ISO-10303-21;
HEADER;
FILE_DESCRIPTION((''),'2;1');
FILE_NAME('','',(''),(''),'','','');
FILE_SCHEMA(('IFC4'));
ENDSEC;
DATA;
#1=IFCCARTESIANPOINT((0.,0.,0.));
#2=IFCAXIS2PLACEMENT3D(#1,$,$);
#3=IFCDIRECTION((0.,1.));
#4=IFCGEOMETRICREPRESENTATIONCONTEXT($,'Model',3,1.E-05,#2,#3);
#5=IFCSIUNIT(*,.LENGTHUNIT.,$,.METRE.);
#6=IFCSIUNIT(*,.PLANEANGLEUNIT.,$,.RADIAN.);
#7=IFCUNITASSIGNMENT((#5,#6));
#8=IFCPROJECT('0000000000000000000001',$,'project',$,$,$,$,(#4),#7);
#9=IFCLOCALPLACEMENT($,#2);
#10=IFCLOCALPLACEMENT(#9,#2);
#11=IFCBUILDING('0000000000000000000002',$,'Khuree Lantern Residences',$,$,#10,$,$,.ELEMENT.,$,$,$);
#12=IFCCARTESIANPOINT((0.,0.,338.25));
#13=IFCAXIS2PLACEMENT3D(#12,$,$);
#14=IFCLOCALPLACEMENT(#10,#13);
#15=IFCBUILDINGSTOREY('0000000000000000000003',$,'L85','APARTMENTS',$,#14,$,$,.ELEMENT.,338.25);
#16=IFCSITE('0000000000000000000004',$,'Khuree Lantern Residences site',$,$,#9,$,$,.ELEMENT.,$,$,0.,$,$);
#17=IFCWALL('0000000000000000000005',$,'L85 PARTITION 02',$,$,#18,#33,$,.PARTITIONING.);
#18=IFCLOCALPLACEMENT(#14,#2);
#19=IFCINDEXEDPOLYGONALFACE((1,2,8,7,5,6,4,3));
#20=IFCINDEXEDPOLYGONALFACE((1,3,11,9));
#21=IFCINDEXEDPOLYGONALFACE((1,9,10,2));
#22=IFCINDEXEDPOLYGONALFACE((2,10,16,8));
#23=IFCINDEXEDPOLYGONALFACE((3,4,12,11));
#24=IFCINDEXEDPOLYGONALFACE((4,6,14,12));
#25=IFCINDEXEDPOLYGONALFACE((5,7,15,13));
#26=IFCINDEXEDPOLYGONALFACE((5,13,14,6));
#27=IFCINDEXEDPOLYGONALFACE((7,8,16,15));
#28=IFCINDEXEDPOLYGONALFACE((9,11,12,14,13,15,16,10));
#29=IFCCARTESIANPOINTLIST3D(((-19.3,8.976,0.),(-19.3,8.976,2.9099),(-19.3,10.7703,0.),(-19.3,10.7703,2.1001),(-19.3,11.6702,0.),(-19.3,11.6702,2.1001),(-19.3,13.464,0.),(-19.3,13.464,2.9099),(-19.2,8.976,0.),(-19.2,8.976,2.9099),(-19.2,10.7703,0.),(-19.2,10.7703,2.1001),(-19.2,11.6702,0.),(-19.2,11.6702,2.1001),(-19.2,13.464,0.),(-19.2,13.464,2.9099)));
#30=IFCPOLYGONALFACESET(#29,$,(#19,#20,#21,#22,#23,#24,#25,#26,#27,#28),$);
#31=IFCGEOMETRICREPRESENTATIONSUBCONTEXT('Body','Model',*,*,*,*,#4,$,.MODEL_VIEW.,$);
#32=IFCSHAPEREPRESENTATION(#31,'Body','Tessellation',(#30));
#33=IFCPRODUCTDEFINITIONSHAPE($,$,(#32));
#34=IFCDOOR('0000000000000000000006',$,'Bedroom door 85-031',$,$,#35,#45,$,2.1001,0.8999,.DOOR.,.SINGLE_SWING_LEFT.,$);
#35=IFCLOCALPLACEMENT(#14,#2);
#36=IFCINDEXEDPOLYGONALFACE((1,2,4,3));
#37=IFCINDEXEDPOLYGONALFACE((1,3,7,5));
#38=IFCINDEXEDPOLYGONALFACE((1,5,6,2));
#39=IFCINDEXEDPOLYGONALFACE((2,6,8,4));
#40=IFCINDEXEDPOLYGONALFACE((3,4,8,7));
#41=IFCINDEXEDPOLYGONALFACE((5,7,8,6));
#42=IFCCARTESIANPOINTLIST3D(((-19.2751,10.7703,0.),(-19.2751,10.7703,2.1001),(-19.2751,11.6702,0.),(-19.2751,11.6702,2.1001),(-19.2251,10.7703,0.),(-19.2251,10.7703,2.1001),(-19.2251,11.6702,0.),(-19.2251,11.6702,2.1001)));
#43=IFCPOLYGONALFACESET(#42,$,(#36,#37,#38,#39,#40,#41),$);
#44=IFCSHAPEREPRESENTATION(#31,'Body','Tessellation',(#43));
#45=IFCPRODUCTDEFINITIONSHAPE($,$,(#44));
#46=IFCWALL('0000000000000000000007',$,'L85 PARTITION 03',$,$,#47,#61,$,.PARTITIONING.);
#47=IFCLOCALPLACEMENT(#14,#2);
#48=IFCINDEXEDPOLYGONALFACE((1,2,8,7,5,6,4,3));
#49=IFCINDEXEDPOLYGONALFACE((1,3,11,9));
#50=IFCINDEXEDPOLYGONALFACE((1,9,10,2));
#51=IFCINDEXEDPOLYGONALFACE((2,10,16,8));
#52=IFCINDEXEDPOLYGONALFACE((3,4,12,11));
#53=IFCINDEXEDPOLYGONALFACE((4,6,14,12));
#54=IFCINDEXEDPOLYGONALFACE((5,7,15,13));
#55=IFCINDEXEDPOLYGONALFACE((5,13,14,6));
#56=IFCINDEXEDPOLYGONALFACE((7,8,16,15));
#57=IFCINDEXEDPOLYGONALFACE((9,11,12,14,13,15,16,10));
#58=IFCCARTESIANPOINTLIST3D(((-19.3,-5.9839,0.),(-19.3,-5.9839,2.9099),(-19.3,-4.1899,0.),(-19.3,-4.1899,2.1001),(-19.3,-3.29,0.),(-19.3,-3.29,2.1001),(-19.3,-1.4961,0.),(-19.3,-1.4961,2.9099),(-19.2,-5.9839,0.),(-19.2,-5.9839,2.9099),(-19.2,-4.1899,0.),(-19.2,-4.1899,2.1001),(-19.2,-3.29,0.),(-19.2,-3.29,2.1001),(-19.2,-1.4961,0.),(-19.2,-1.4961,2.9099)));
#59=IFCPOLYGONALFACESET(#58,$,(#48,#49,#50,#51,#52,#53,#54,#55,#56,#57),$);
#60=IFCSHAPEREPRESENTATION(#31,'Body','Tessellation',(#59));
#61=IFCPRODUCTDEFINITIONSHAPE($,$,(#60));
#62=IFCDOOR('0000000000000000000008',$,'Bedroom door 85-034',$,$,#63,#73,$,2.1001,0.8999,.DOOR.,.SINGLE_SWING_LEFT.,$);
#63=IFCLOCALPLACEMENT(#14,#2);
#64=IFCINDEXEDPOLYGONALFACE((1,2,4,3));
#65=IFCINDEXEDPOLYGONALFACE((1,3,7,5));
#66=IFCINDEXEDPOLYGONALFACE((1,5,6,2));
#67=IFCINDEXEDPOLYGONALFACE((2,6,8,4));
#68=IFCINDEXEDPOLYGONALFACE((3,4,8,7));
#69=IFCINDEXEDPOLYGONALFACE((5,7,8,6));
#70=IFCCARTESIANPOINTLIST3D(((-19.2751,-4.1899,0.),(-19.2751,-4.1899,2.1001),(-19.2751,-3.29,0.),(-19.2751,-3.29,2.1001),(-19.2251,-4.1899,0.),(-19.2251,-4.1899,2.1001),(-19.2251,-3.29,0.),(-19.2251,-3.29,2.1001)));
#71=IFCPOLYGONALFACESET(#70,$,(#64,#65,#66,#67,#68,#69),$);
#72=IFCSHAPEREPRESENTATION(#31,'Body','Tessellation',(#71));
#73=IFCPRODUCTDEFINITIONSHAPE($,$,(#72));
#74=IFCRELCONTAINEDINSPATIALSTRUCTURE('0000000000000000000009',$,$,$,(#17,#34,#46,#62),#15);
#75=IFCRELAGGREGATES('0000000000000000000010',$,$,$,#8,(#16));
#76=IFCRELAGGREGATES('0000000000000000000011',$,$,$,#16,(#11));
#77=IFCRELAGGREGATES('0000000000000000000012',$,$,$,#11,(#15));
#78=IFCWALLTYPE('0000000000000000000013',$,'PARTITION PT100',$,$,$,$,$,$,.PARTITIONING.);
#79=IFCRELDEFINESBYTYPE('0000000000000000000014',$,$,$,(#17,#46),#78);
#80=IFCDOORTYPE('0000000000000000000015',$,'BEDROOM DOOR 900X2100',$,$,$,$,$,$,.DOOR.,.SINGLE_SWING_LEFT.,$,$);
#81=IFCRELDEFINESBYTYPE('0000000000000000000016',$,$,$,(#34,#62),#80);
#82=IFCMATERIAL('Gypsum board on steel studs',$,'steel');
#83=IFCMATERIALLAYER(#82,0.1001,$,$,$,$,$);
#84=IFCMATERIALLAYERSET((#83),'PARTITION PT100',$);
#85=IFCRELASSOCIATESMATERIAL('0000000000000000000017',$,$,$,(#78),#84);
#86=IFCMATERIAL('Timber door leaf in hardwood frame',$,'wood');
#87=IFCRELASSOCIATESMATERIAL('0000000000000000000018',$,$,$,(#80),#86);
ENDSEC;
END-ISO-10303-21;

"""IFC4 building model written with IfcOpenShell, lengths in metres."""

from ifc_helpers import new_model, si_unit, direction, frame, frame_2d, origin, place, context, subcontext, project, spatial, rectangle, extrude, material, layer, layer_set, type_object, element, fill, save


model = new_model("IFC4")

# Units and contexts
model_context = context("Model", 3, precision=1e-05, world=origin(), true_north=direction((0.0, 1.0)))
body_context = subcontext(model_context, "Body", "Model", "MODEL_VIEW")
ifc_project = project(units=[si_unit("LENGTHUNIT", "METRE"), si_unit("PLANEANGLEUNIT", "RADIAN")], contexts=[model_context])

# Site, building, storey
site_placement = place(None, origin())
site = spatial("IfcSite", under=ifc_project, at=site_placement, Name="Khuree Lantern Residences site", CompositionType="ELEMENT", RefElevation=0.0)
building_placement = place(site_placement, origin())
building = spatial("IfcBuilding", under=site, at=building_placement, Name="Khuree Lantern Residences", CompositionType="ELEMENT")
storey_placement = place(building_placement, frame((0.0, 0.0, 338.25)))
storey = spatial("IfcBuildingStorey", under=building, at=storey_placement, Name="L85", Description="APARTMENTS", CompositionType="ELEMENT", Elevation=338.25)

# Shared definitions
ifc_material_1 = material(Name="Gypsum board on steel studs", Category="steel")

# Shared definitions
ifc_material_2 = material(Name="Timber door leaf in hardwood frame", Category="wood")

# Shared definitions
ifc_layer_1 = layer(ifc_material_1, 0.1001)
ifc_layer_set_1 = layer_set([ifc_layer_1], Name="PARTITION PT100")
wall_type_1 = type_object("IfcWallType", Name="PARTITION PT100", PredefinedType="PARTITIONING", material=ifc_layer_set_1)

# Walls, openings, doors
wall_1_placement = place(storey_placement, frame((-19.25, 13.4641, 0.0), z_axis=(0.0, 0.0, 1.0), x_axis=(0.0, -1.0, 0.0)))
wall_1 = element("IfcWall", 1, at=wall_1_placement, inside=storey, type_object=wall_type_1, Name="L85 PARTITION 02", PredefinedType="PARTITIONING", context=body_context, shape_type="SweptSolid", body=[
    extrude(rectangle(XDim=4.488, YDim=0.1001, at=frame_2d((2.2441, 0.0))), origin(), (0.0, 0.0, 1.0), 2.9099),
])
opening_1_placement = place(wall_1_placement, frame((1.7939, 0.0, 0.0)))
opening_1 = element("IfcOpeningElement", 2, at=opening_1_placement, cuts=wall_1, PredefinedType="OPENING", context=body_context, shape_type="SweptSolid", body=[
    extrude(rectangle(XDim=0.8999, YDim=2.1001, at=frame_2d((0.45, 1.05))), frame((0.0, 0.0601, 0.0), z_axis=(0.0, -1.0, 0.0), x_axis=(1.0, 0.0, 0.0)), (0.0, 0.0, 1.0), 0.1201),
])
door_type_1 = type_object("IfcDoorType", Name="BEDROOM DOOR 900X2100", OperationType="SINGLE_SWING_LEFT", PredefinedType="DOOR", material=ifc_material_2)
door_1_placement = place(opening_1_placement, origin())
door_1 = element("IfcDoor", 3, at=door_1_placement, inside=storey, type_object=door_type_1, Name="Bedroom door 85-031", OperationType="SINGLE_SWING_LEFT", OverallHeight=2.1001, OverallWidth=0.8999, PredefinedType="DOOR", context=body_context, shape_type="SweptSolid", body=[
    extrude(rectangle(XDim=0.8999, YDim=2.1001, at=frame_2d((0.45, 1.05))), frame((0.0, 0.0249, 0.0), z_axis=(0.0, -1.0, 0.0), x_axis=(1.0, 0.0, 0.0)), (0.0, 0.0, 1.0), 0.05),
])
fill(opening_1, door_1)
wall_2_placement = place(storey_placement, frame((-19.25, -1.4961, 0.0), z_axis=(0.0, 0.0, 1.0), x_axis=(0.0, -1.0, 0.0)))
wall_2 = element("IfcWall", 4, at=wall_2_placement, inside=storey, type_object=wall_type_1, Name="L85 PARTITION 03", PredefinedType="PARTITIONING", context=body_context, shape_type="SweptSolid", body=[
    extrude(rectangle(XDim=4.4878, YDim=0.1001, at=frame_2d((2.2439, 0.0))), origin(), (0.0, 0.0, 1.0), 2.9099),
])
opening_2_placement = place(wall_2_placement, frame((1.7939, 0.0, 0.0)))
opening_2 = element("IfcOpeningElement", 5, at=opening_2_placement, cuts=wall_2, PredefinedType="OPENING", context=body_context, shape_type="SweptSolid", body=[
    extrude(rectangle(XDim=0.8999, YDim=2.1001, at=frame_2d((0.45, 1.05))), frame((0.0, 0.0601, 0.0), z_axis=(0.0, -1.0, 0.0), x_axis=(1.0, 0.0, 0.0)), (0.0, 0.0, 1.0), 0.1201),
])
door_2_placement = place(opening_2_placement, origin())
door_2 = element("IfcDoor", 6, at=door_2_placement, inside=storey, type_object=door_type_1, Name="Bedroom door 85-034", OperationType="SINGLE_SWING_LEFT", OverallHeight=2.1001, OverallWidth=0.8999, PredefinedType="DOOR", context=body_context, shape_type="SweptSolid", body=[
    extrude(rectangle(XDim=0.8999, YDim=2.1001, at=frame_2d((0.45, 1.05))), frame((0.0, 0.0249, 0.0), z_axis=(0.0, -1.0, 0.0), x_axis=(1.0, 0.0, 0.0)), (0.0, 0.0, 1.0), 0.05),
])
fill(opening_2, door_2)

save(model, "model.ifc")
